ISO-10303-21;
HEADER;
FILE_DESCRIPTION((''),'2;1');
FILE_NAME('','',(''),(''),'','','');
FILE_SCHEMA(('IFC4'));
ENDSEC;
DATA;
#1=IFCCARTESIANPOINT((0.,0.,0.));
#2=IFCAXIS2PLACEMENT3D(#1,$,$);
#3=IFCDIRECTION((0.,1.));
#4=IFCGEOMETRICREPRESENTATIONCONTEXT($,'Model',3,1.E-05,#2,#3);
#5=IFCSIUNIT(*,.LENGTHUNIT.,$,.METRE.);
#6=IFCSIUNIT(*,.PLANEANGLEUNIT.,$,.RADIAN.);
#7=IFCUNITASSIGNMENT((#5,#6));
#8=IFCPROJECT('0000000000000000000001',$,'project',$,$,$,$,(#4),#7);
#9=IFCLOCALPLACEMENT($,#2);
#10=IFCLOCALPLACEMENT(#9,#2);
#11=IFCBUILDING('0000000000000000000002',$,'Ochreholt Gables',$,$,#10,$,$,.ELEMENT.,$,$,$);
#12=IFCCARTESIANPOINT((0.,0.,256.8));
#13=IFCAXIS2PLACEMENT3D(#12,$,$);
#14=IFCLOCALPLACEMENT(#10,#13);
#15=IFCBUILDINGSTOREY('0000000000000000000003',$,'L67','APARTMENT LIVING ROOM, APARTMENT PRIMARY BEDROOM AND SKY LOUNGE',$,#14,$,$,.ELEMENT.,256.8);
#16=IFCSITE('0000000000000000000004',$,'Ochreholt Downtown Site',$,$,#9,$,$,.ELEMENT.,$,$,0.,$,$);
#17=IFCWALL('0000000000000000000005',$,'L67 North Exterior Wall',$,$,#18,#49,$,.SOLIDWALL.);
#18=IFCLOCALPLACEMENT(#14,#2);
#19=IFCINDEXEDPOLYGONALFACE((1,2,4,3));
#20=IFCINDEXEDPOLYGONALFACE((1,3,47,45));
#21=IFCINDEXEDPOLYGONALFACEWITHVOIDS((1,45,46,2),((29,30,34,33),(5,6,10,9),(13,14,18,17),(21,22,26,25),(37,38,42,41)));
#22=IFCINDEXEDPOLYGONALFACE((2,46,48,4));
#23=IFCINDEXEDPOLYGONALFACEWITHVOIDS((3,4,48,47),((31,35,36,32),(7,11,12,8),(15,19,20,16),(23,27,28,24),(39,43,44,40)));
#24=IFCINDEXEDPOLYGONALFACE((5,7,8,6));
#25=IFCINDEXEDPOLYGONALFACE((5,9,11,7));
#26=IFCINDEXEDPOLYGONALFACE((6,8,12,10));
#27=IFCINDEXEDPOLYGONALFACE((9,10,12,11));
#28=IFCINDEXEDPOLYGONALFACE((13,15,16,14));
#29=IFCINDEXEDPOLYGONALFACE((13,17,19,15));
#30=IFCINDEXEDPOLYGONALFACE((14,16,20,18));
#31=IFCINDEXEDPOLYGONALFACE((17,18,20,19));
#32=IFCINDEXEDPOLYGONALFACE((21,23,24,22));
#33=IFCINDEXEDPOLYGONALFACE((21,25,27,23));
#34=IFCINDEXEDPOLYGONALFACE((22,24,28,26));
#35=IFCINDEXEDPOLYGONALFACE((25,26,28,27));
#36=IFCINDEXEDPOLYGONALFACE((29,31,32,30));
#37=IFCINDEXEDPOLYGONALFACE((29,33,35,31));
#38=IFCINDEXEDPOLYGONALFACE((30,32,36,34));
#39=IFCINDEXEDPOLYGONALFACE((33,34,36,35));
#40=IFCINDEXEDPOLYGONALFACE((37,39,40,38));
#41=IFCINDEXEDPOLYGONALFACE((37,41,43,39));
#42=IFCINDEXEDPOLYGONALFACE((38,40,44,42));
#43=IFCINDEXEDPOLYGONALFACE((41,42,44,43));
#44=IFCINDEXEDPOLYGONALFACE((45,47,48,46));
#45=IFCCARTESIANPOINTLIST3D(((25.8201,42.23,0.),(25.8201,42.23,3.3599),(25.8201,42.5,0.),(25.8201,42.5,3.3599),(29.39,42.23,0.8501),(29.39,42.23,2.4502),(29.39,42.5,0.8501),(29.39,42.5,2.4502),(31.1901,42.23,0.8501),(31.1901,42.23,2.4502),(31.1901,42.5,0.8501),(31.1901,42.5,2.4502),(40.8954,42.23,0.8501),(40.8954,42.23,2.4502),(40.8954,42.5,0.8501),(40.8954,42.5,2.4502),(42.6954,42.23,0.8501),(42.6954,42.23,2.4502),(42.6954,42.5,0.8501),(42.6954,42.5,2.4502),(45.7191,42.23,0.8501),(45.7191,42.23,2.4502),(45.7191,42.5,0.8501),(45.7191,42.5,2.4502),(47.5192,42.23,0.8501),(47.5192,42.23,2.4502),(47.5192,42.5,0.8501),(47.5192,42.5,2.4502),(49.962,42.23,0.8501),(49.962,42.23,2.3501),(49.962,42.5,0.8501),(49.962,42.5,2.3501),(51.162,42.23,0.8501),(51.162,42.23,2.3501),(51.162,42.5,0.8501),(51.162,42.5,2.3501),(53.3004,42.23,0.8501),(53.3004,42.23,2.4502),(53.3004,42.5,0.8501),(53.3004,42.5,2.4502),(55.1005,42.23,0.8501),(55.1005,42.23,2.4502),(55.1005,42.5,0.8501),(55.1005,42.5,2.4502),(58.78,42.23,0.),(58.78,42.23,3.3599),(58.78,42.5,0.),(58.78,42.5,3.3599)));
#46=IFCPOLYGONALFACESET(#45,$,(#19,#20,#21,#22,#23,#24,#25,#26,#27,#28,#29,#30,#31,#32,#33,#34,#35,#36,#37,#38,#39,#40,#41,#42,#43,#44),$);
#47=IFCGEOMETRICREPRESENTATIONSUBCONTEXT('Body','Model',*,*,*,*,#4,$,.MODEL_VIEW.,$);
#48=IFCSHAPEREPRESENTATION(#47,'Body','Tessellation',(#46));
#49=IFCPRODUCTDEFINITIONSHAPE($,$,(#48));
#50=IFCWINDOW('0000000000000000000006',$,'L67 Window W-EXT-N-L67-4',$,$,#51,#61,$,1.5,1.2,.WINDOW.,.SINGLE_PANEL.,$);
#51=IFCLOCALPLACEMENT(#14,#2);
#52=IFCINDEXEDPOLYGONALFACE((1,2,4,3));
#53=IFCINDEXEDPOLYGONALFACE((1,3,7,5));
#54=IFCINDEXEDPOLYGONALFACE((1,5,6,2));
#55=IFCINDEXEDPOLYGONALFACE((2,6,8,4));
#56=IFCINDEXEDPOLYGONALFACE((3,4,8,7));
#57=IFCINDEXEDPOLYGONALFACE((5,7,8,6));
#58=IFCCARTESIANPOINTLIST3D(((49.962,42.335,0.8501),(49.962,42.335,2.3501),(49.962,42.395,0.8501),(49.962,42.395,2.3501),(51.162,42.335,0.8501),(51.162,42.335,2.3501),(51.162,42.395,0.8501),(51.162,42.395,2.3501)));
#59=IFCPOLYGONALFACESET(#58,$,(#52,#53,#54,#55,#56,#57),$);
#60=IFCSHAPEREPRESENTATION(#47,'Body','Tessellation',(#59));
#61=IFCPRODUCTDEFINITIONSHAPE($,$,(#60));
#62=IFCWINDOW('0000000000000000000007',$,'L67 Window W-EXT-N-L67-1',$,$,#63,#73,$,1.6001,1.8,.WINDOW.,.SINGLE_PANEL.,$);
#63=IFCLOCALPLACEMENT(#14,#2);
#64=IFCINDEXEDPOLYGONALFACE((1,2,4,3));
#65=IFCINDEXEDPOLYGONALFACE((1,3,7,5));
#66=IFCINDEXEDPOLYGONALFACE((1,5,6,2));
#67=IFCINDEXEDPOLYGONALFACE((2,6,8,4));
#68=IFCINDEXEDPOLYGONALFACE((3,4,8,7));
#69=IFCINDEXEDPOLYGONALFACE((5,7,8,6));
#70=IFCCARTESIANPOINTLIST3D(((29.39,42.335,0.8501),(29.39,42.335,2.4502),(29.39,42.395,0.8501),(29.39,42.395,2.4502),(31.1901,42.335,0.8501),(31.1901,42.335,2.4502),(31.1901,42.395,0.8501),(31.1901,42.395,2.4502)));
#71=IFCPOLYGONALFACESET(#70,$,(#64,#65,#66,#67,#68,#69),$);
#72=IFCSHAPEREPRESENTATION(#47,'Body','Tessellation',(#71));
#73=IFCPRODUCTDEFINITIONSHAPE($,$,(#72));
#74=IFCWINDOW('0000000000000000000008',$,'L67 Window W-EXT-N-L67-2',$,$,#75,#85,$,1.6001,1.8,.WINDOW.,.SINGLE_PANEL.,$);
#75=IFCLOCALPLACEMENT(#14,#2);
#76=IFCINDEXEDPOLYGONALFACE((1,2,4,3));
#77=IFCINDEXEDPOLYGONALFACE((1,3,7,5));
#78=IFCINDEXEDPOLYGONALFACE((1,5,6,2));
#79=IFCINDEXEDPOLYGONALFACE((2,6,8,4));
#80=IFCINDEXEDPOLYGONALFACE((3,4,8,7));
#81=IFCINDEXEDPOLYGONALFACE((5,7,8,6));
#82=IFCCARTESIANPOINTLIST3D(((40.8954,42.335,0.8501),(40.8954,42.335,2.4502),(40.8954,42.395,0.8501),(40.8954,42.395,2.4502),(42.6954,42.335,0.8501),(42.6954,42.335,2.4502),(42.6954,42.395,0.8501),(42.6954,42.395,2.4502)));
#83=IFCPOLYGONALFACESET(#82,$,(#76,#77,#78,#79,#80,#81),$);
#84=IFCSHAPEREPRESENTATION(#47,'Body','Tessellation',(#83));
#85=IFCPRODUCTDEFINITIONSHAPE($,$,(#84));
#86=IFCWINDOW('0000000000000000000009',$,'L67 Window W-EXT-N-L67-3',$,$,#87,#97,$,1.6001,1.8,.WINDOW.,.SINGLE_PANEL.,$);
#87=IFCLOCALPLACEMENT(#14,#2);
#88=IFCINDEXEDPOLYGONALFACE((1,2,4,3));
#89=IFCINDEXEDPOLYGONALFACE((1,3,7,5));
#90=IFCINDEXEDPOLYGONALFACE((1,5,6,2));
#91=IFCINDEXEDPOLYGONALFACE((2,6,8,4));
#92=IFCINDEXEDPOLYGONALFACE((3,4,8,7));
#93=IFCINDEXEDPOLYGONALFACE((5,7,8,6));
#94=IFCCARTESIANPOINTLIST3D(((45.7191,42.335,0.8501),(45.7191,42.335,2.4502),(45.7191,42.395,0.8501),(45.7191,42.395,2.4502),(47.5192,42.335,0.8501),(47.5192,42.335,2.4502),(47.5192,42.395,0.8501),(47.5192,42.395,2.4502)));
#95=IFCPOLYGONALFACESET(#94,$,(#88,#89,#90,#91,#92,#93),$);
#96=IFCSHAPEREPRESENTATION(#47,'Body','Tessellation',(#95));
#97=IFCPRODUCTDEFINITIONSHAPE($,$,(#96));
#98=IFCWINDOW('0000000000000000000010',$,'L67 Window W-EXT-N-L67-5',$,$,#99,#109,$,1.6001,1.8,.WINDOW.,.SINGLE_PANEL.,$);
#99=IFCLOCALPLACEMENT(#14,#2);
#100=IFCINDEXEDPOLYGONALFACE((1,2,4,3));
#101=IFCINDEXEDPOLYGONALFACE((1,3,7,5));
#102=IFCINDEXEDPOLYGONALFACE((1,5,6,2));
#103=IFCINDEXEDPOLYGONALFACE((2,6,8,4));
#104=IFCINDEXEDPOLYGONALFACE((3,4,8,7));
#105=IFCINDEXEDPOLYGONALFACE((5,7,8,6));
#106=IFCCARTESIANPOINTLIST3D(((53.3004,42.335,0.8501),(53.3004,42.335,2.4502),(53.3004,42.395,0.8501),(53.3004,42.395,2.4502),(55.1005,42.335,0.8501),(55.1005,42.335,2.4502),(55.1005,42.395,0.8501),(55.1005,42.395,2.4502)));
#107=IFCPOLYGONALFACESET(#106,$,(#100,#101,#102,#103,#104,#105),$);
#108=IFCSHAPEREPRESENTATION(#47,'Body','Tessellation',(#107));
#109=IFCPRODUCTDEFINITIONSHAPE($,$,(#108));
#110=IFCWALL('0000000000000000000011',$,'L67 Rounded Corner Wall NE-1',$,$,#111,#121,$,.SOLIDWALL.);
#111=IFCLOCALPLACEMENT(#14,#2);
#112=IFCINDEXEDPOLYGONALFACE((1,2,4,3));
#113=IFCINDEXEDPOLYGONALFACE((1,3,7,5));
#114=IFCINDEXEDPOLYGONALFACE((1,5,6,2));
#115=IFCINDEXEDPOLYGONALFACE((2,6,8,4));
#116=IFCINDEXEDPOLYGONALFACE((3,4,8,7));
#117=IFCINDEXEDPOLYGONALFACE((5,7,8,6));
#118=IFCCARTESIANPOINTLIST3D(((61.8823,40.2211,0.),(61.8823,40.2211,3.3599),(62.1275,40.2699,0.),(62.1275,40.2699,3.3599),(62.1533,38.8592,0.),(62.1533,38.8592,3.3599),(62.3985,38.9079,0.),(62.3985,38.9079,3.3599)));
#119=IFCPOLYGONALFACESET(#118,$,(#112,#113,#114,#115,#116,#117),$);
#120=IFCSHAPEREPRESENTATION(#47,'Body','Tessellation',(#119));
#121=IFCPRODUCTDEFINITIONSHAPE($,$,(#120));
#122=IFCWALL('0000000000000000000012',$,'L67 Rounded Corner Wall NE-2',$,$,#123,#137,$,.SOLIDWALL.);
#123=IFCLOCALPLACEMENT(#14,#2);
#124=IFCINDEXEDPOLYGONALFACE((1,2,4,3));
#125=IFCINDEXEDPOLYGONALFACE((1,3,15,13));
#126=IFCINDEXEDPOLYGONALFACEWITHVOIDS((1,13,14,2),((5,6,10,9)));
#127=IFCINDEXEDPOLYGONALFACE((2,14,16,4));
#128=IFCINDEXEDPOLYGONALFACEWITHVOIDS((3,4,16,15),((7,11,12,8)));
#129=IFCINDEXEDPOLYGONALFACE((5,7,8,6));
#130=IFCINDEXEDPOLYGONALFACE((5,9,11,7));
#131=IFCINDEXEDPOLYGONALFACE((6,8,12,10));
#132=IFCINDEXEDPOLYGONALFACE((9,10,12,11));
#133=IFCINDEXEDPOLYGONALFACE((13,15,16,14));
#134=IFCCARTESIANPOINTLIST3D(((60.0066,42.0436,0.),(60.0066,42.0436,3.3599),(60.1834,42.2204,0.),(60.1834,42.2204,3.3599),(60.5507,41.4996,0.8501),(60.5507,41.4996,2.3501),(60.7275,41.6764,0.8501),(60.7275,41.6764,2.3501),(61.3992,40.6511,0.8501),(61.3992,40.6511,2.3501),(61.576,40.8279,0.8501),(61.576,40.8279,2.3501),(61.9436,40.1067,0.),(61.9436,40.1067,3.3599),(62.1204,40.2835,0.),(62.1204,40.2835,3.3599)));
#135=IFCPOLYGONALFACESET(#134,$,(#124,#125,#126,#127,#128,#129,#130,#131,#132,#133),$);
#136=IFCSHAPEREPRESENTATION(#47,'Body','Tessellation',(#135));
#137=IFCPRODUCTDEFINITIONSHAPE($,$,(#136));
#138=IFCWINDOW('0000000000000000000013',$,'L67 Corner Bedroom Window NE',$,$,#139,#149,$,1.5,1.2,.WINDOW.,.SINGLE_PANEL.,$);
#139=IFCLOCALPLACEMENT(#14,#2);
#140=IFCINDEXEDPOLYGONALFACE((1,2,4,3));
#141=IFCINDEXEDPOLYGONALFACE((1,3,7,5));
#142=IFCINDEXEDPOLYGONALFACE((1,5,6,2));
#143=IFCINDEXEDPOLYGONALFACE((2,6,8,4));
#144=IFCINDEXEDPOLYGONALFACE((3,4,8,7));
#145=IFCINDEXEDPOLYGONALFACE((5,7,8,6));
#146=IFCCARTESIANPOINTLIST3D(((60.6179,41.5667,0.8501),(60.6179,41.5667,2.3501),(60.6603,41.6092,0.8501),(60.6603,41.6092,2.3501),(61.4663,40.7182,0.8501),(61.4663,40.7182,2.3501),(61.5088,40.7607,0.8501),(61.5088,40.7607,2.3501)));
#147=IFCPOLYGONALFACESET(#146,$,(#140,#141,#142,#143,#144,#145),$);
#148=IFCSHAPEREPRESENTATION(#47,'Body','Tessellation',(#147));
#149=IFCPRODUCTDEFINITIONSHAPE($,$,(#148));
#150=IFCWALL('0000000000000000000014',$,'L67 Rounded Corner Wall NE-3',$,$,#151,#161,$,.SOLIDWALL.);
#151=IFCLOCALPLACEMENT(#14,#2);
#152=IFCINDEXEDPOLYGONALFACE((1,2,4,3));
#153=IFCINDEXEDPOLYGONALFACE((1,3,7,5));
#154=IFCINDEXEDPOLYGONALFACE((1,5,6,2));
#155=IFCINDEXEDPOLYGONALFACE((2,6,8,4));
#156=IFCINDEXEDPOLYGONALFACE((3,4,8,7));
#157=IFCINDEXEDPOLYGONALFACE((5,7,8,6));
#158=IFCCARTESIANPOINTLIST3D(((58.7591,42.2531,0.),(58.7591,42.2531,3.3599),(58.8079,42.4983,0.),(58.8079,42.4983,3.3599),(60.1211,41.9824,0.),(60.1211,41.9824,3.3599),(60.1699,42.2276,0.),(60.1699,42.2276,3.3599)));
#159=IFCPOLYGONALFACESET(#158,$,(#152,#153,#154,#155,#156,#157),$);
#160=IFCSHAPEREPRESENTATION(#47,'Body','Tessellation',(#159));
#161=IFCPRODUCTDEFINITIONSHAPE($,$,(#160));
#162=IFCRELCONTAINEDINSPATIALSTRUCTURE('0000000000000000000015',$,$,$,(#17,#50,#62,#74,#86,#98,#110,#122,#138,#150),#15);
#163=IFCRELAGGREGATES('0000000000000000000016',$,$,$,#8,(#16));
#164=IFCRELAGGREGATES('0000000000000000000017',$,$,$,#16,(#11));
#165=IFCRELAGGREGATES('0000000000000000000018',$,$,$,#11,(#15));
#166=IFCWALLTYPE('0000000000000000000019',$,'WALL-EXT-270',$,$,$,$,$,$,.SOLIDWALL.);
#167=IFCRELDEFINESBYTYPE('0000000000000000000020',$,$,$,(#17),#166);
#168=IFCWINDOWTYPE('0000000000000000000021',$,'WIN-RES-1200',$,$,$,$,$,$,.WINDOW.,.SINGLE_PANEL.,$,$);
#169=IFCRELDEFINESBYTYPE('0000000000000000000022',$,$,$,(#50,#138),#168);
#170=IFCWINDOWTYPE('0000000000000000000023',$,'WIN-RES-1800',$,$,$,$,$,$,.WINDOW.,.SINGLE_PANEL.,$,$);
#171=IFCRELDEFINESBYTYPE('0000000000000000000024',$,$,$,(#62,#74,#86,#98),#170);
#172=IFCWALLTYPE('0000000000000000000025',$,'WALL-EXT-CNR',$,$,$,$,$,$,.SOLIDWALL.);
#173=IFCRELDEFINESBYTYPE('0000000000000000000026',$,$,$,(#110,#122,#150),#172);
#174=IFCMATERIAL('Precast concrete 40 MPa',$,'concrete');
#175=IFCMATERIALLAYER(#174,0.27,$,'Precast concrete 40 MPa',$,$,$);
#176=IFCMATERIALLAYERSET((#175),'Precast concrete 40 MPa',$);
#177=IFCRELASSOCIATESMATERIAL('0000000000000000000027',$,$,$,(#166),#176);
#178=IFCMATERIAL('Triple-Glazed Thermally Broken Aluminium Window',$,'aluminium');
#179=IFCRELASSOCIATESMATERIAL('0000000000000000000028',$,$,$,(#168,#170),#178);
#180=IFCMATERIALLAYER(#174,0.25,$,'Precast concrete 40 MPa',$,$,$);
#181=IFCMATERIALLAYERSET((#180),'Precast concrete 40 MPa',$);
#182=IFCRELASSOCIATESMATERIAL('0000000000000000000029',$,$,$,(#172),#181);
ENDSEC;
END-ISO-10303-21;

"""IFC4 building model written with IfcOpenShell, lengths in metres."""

from ifc_helpers import new_model, si_unit, direction, frame, frame_2d, origin, place, context, subcontext, project, spatial, rectangle, extrude, material, layer, layer_set, type_object, element, fill, save


model = new_model("IFC4")

# Units and contexts
model_context = context("Model", 3, precision=1e-05, world=origin(), true_north=direction((0.0, 1.0)))
body_context = subcontext(model_context, "Body", "Model", "MODEL_VIEW")
ifc_project = project(units=[si_unit("LENGTHUNIT", "METRE"), si_unit("PLANEANGLEUNIT", "RADIAN")], contexts=[model_context])

# Site, building, storey
site_placement = place(None, origin())
site = spatial("IfcSite", under=ifc_project, at=site_placement, Name="Ochreholt Downtown Site", CompositionType="ELEMENT", RefElevation=0.0)
building_placement = place(site_placement, origin())
building = spatial("IfcBuilding", under=site, at=building_placement, Name="Ochreholt Gables", CompositionType="ELEMENT")
storey_placement = place(building_placement, frame((0.0, 0.0, 256.8)))
storey = spatial("IfcBuildingStorey", under=building, at=storey_placement, Name="L67", Description="APARTMENT LIVING ROOM, APARTMENT PRIMARY BEDROOM AND SKY LOUNGE", CompositionType="ELEMENT", Elevation=256.8)

# Wall, openings, windows
ifc_material_1 = material(Name="Precast concrete 40 MPa", Category="concrete")
ifc_layer_1 = layer(ifc_material_1, 0.27, Name="Precast concrete 40 MPa")
ifc_layer_set_1 = layer_set([ifc_layer_1], Name="Precast concrete 40 MPa")
wall_type_1 = type_object("IfcWallType", Name="WALL-EXT-270", PredefinedType="SOLIDWALL", material=ifc_layer_set_1)
wall_1_placement = place(storey_placement, frame((58.78, 42.365, 0.0), z_axis=(0.0, 0.0, 1.0), x_axis=(-1.0, 0.0, 0.0)))
wall_1 = element("IfcWall", 1, at=wall_1_placement, inside=storey, type_object=wall_type_1, Name="L67 North Exterior Wall", PredefinedType="SOLIDWALL", context=body_context, shape_type="SweptSolid", body=[
    extrude(rectangle(XDim=32.96, YDim=0.27, at=frame_2d((16.48, 0.0))), origin(), (0.0, 0.0, 1.0), 3.3599),
])
opening_1_placement = place(wall_1_placement, frame((27.5901, 0.0, 0.8501)))
opening_1 = element("IfcOpeningElement", 2, at=opening_1_placement, cuts=wall_1, PredefinedType="OPENING", context=body_context, shape_type="SweptSolid", body=[
    extrude(rectangle(XDim=1.8, YDim=1.6001, at=frame_2d((0.8999, 0.8))), frame((0.0, 0.145, 0.0), z_axis=(0.0, -1.0, 0.0), x_axis=(1.0, 0.0, 0.0)), (0.0, 0.0, 1.0), 0.29),
])
opening_2_placement = place(wall_1_placement, frame((16.0847, 0.0, 0.8501)))
opening_2 = element("IfcOpeningElement", 3, at=opening_2_placement, cuts=wall_1, PredefinedType="OPENING", context=body_context, shape_type="SweptSolid", body=[
    extrude(rectangle(XDim=1.8, YDim=1.6001, at=frame_2d((0.8999, 0.8))), frame((0.0, 0.145, 0.0), z_axis=(0.0, -1.0, 0.0), x_axis=(1.0, 0.0, 0.0)), (0.0, 0.0, 1.0), 0.29),
])
opening_3_placement = place(wall_1_placement, frame((11.261, 0.0, 0.8501)))
opening_3 = element("IfcOpeningElement", 4, at=opening_3_placement, cuts=wall_1, PredefinedType="OPENING", context=body_context, shape_type="SweptSolid", body=[
    extrude(rectangle(XDim=1.8, YDim=1.6001, at=frame_2d((0.8999, 0.8))), frame((0.0, 0.145, 0.0), z_axis=(0.0, -1.0, 0.0), x_axis=(1.0, 0.0, 0.0)), (0.0, 0.0, 1.0), 0.29),
])
opening_4_placement = place(wall_1_placement, frame((7.6179, 0.0, 0.8501)))
opening_4 = element("IfcOpeningElement", 5, at=opening_4_placement, cuts=wall_1, PredefinedType="OPENING", context=body_context, shape_type="SweptSolid", body=[
    extrude(rectangle(XDim=1.2, YDim=1.5, at=frame_2d((0.6001, 0.75))), frame((0.0, 0.145, 0.0), z_axis=(0.0, -1.0, 0.0), x_axis=(1.0, 0.0, 0.0)), (0.0, 0.0, 1.0), 0.29),
])
opening_5_placement = place(wall_1_placement, frame((3.6797, 0.0, 0.8501)))
opening_5 = element("IfcOpeningElement", 6, at=opening_5_placement, cuts=wall_1, PredefinedType="OPENING", context=body_context, shape_type="SweptSolid", body=[
    extrude(rectangle(XDim=1.8, YDim=1.6001, at=frame_2d((0.8999, 0.8))), frame((0.0, 0.145, 0.0), z_axis=(0.0, -1.0, 0.0), x_axis=(1.0, 0.0, 0.0)), (0.0, 0.0, 1.0), 0.29),
])
ifc_material_2 = material(Name="Triple-Glazed Thermally Broken Aluminium Window", Category="aluminium")
window_type_1 = type_object("IfcWindowType", Name="WIN-RES-1200", PartitioningType="SINGLE_PANEL", PredefinedType="WINDOW", material=ifc_material_2)
window_1_placement = place(opening_4_placement, origin())
window_1 = element("IfcWindow", 7, at=window_1_placement, inside=storey, type_object=window_type_1, Name="L67 Window W-EXT-N-L67-4", OverallHeight=1.5, OverallWidth=1.2, PartitioningType="SINGLE_PANEL", PredefinedType="WINDOW", context=body_context, shape_type="SweptSolid", body=[
    extrude(rectangle(XDim=1.2, YDim=1.5, at=frame_2d((0.6001, 0.75))), frame((0.0, 0.03, 0.0), z_axis=(0.0, -1.0, 0.0), x_axis=(1.0, 0.0, 0.0)), (0.0, 0.0, 1.0), 0.0601),
])
fill(opening_4, window_1)
window_type_2 = type_object("IfcWindowType", Name="WIN-RES-1800", PartitioningType="SINGLE_PANEL", PredefinedType="WINDOW", material=ifc_material_2)
window_2_placement = place(opening_1_placement, origin())
window_2 = element("IfcWindow", 8, at=window_2_placement, inside=storey, type_object=window_type_2, Name="L67 Window W-EXT-N-L67-1", OverallHeight=1.6001, OverallWidth=1.8, PartitioningType="SINGLE_PANEL", PredefinedType="WINDOW", context=body_context, shape_type="SweptSolid", body=[
    extrude(rectangle(XDim=1.8, YDim=1.6001, at=frame_2d((0.8999, 0.8))), frame((0.0, 0.03, 0.0), z_axis=(0.0, -1.0, 0.0), x_axis=(1.0, 0.0, 0.0)), (0.0, 0.0, 1.0), 0.0601),
])
fill(opening_1, window_2)
window_3_placement = place(opening_2_placement, origin())
window_3 = element("IfcWindow", 9, at=window_3_placement, inside=storey, type_object=window_type_2, Name="L67 Window W-EXT-N-L67-2", OverallHeight=1.6001, OverallWidth=1.8, PartitioningType="SINGLE_PANEL", PredefinedType="WINDOW", context=body_context, shape_type="SweptSolid", body=[
    extrude(rectangle(XDim=1.8, YDim=1.6001, at=frame_2d((0.8999, 0.8))), frame((0.0, 0.03, 0.0), z_axis=(0.0, -1.0, 0.0), x_axis=(1.0, 0.0, 0.0)), (0.0, 0.0, 1.0), 0.0601),
])
fill(opening_2, window_3)
window_4_placement = place(opening_3_placement, origin())
window_4 = element("IfcWindow", 10, at=window_4_placement, inside=storey, type_object=window_type_2, Name="L67 Window W-EXT-N-L67-3", OverallHeight=1.6001, OverallWidth=1.8, PartitioningType="SINGLE_PANEL", PredefinedType="WINDOW", context=body_context, shape_type="SweptSolid", body=[
    extrude(rectangle(XDim=1.8, YDim=1.6001, at=frame_2d((0.8999, 0.8))), frame((0.0, 0.03, 0.0), z_axis=(0.0, -1.0, 0.0), x_axis=(1.0, 0.0, 0.0)), (0.0, 0.0, 1.0), 0.0601),
])
fill(opening_3, window_4)
window_5_placement = place(opening_5_placement, origin())
window_5 = element("IfcWindow", 11, at=window_5_placement, inside=storey, type_object=window_type_2, Name="L67 Window W-EXT-N-L67-5", OverallHeight=1.6001, OverallWidth=1.8, PartitioningType="SINGLE_PANEL", PredefinedType="WINDOW", context=body_context, shape_type="SweptSolid", body=[
    extrude(rectangle(XDim=1.8, YDim=1.6001, at=frame_2d((0.8999, 0.8))), frame((0.0, 0.03, 0.0), z_axis=(0.0, -1.0, 0.0), x_axis=(1.0, 0.0, 0.0)), (0.0, 0.0, 1.0), 0.0601),
])
fill(opening_5, window_5)

# Wall
ifc_layer_2 = layer(ifc_material_1, 0.25, Name="Precast concrete 40 MPa")
ifc_layer_set_2 = layer_set([ifc_layer_2], Name="Precast concrete 40 MPa")
wall_type_2 = type_object("IfcWallType", Name="WALL-EXT-CNR", PredefinedType="SOLIDWALL", material=ifc_layer_set_2)
wall_2_placement = place(storey_placement, frame((62.2759, 38.8835, 0.0), z_axis=(0.0, 0.0, 1.0), x_axis=(-0.195136, 0.980776, 0.0)))
element("IfcWall", 12, at=wall_2_placement, inside=storey, type_object=wall_type_2, Name="L67 Rounded Corner Wall NE-1", PredefinedType="SOLIDWALL", context=body_context, shape_type="SweptSolid", body=[
    extrude(rectangle(XDim=1.3887, YDim=0.25, at=frame_2d((0.6943, 0.0))), origin(), (0.0, 0.0, 1.0), 3.3599),
])

# Wall, opening, window
wall_3_placement = place(storey_placement, frame((62.032, 40.1951, 0.0), z_axis=(0.0, 0.0, 1.0), x_axis=(-0.707107, 0.707107, 0.0)))
wall_3 = element("IfcWall", 13, at=wall_3_placement, inside=storey, type_object=wall_type_2, Name="L67 Rounded Corner Wall NE-2", PredefinedType="SOLIDWALL", context=body_context, shape_type="SweptSolid", body=[
    extrude(rectangle(XDim=2.7393, YDim=0.25, at=frame_2d((1.3696, 0.0))), origin(), (0.0, 0.0, 1.0), 3.3599),
])
opening_6_placement = place(wall_3_placement, frame((0.7698, 0.0, 0.8501)))
opening_6 = element("IfcOpeningElement", 14, at=opening_6_placement, cuts=wall_3, PredefinedType="OPENING", context=body_context, shape_type="SweptSolid", body=[
    extrude(rectangle(XDim=1.2, YDim=1.5, at=frame_2d((0.6001, 0.75))), frame((0.0, 0.135, 0.0), z_axis=(0.0, -1.0, 0.0), x_axis=(1.0, 0.0, 0.0)), (0.0, 0.0, 1.0), 0.27),
])
window_6_placement = place(opening_6_placement, origin())
window_6 = element("IfcWindow", 15, at=window_6_placement, inside=storey, type_object=window_type_1, Name="L67 Corner Bedroom Window NE", OverallHeight=1.5, OverallWidth=1.2, PartitioningType="SINGLE_PANEL", PredefinedType="WINDOW", context=body_context, shape_type="SweptSolid", body=[
    extrude(rectangle(XDim=1.2, YDim=1.5, at=frame_2d((0.6001, 0.75))), frame((0.0, 0.03, 0.0), z_axis=(0.0, -1.0, 0.0), x_axis=(1.0, 0.0, 0.0)), (0.0, 0.0, 1.0), 0.0601),
])
fill(opening_6, window_6)

# Wall
wall_4_placement = place(storey_placement, frame((60.1455, 42.105, 0.0), z_axis=(0.0, 0.0, 1.0), x_axis=(-0.98081, 0.194967, 0.0)))
element("IfcWall", 16, at=wall_4_placement, inside=storey, type_object=wall_type_2, Name="L67 Rounded Corner Wall NE-3", PredefinedType="SOLIDWALL", context=body_context, shape_type="SweptSolid", body=[
    extrude(rectangle(XDim=1.3887, YDim=0.25, at=frame_2d((0.6943, 0.0))), origin(), (0.0, 0.0, 1.0), 3.3599),
])

save(model, "model.ifc")
